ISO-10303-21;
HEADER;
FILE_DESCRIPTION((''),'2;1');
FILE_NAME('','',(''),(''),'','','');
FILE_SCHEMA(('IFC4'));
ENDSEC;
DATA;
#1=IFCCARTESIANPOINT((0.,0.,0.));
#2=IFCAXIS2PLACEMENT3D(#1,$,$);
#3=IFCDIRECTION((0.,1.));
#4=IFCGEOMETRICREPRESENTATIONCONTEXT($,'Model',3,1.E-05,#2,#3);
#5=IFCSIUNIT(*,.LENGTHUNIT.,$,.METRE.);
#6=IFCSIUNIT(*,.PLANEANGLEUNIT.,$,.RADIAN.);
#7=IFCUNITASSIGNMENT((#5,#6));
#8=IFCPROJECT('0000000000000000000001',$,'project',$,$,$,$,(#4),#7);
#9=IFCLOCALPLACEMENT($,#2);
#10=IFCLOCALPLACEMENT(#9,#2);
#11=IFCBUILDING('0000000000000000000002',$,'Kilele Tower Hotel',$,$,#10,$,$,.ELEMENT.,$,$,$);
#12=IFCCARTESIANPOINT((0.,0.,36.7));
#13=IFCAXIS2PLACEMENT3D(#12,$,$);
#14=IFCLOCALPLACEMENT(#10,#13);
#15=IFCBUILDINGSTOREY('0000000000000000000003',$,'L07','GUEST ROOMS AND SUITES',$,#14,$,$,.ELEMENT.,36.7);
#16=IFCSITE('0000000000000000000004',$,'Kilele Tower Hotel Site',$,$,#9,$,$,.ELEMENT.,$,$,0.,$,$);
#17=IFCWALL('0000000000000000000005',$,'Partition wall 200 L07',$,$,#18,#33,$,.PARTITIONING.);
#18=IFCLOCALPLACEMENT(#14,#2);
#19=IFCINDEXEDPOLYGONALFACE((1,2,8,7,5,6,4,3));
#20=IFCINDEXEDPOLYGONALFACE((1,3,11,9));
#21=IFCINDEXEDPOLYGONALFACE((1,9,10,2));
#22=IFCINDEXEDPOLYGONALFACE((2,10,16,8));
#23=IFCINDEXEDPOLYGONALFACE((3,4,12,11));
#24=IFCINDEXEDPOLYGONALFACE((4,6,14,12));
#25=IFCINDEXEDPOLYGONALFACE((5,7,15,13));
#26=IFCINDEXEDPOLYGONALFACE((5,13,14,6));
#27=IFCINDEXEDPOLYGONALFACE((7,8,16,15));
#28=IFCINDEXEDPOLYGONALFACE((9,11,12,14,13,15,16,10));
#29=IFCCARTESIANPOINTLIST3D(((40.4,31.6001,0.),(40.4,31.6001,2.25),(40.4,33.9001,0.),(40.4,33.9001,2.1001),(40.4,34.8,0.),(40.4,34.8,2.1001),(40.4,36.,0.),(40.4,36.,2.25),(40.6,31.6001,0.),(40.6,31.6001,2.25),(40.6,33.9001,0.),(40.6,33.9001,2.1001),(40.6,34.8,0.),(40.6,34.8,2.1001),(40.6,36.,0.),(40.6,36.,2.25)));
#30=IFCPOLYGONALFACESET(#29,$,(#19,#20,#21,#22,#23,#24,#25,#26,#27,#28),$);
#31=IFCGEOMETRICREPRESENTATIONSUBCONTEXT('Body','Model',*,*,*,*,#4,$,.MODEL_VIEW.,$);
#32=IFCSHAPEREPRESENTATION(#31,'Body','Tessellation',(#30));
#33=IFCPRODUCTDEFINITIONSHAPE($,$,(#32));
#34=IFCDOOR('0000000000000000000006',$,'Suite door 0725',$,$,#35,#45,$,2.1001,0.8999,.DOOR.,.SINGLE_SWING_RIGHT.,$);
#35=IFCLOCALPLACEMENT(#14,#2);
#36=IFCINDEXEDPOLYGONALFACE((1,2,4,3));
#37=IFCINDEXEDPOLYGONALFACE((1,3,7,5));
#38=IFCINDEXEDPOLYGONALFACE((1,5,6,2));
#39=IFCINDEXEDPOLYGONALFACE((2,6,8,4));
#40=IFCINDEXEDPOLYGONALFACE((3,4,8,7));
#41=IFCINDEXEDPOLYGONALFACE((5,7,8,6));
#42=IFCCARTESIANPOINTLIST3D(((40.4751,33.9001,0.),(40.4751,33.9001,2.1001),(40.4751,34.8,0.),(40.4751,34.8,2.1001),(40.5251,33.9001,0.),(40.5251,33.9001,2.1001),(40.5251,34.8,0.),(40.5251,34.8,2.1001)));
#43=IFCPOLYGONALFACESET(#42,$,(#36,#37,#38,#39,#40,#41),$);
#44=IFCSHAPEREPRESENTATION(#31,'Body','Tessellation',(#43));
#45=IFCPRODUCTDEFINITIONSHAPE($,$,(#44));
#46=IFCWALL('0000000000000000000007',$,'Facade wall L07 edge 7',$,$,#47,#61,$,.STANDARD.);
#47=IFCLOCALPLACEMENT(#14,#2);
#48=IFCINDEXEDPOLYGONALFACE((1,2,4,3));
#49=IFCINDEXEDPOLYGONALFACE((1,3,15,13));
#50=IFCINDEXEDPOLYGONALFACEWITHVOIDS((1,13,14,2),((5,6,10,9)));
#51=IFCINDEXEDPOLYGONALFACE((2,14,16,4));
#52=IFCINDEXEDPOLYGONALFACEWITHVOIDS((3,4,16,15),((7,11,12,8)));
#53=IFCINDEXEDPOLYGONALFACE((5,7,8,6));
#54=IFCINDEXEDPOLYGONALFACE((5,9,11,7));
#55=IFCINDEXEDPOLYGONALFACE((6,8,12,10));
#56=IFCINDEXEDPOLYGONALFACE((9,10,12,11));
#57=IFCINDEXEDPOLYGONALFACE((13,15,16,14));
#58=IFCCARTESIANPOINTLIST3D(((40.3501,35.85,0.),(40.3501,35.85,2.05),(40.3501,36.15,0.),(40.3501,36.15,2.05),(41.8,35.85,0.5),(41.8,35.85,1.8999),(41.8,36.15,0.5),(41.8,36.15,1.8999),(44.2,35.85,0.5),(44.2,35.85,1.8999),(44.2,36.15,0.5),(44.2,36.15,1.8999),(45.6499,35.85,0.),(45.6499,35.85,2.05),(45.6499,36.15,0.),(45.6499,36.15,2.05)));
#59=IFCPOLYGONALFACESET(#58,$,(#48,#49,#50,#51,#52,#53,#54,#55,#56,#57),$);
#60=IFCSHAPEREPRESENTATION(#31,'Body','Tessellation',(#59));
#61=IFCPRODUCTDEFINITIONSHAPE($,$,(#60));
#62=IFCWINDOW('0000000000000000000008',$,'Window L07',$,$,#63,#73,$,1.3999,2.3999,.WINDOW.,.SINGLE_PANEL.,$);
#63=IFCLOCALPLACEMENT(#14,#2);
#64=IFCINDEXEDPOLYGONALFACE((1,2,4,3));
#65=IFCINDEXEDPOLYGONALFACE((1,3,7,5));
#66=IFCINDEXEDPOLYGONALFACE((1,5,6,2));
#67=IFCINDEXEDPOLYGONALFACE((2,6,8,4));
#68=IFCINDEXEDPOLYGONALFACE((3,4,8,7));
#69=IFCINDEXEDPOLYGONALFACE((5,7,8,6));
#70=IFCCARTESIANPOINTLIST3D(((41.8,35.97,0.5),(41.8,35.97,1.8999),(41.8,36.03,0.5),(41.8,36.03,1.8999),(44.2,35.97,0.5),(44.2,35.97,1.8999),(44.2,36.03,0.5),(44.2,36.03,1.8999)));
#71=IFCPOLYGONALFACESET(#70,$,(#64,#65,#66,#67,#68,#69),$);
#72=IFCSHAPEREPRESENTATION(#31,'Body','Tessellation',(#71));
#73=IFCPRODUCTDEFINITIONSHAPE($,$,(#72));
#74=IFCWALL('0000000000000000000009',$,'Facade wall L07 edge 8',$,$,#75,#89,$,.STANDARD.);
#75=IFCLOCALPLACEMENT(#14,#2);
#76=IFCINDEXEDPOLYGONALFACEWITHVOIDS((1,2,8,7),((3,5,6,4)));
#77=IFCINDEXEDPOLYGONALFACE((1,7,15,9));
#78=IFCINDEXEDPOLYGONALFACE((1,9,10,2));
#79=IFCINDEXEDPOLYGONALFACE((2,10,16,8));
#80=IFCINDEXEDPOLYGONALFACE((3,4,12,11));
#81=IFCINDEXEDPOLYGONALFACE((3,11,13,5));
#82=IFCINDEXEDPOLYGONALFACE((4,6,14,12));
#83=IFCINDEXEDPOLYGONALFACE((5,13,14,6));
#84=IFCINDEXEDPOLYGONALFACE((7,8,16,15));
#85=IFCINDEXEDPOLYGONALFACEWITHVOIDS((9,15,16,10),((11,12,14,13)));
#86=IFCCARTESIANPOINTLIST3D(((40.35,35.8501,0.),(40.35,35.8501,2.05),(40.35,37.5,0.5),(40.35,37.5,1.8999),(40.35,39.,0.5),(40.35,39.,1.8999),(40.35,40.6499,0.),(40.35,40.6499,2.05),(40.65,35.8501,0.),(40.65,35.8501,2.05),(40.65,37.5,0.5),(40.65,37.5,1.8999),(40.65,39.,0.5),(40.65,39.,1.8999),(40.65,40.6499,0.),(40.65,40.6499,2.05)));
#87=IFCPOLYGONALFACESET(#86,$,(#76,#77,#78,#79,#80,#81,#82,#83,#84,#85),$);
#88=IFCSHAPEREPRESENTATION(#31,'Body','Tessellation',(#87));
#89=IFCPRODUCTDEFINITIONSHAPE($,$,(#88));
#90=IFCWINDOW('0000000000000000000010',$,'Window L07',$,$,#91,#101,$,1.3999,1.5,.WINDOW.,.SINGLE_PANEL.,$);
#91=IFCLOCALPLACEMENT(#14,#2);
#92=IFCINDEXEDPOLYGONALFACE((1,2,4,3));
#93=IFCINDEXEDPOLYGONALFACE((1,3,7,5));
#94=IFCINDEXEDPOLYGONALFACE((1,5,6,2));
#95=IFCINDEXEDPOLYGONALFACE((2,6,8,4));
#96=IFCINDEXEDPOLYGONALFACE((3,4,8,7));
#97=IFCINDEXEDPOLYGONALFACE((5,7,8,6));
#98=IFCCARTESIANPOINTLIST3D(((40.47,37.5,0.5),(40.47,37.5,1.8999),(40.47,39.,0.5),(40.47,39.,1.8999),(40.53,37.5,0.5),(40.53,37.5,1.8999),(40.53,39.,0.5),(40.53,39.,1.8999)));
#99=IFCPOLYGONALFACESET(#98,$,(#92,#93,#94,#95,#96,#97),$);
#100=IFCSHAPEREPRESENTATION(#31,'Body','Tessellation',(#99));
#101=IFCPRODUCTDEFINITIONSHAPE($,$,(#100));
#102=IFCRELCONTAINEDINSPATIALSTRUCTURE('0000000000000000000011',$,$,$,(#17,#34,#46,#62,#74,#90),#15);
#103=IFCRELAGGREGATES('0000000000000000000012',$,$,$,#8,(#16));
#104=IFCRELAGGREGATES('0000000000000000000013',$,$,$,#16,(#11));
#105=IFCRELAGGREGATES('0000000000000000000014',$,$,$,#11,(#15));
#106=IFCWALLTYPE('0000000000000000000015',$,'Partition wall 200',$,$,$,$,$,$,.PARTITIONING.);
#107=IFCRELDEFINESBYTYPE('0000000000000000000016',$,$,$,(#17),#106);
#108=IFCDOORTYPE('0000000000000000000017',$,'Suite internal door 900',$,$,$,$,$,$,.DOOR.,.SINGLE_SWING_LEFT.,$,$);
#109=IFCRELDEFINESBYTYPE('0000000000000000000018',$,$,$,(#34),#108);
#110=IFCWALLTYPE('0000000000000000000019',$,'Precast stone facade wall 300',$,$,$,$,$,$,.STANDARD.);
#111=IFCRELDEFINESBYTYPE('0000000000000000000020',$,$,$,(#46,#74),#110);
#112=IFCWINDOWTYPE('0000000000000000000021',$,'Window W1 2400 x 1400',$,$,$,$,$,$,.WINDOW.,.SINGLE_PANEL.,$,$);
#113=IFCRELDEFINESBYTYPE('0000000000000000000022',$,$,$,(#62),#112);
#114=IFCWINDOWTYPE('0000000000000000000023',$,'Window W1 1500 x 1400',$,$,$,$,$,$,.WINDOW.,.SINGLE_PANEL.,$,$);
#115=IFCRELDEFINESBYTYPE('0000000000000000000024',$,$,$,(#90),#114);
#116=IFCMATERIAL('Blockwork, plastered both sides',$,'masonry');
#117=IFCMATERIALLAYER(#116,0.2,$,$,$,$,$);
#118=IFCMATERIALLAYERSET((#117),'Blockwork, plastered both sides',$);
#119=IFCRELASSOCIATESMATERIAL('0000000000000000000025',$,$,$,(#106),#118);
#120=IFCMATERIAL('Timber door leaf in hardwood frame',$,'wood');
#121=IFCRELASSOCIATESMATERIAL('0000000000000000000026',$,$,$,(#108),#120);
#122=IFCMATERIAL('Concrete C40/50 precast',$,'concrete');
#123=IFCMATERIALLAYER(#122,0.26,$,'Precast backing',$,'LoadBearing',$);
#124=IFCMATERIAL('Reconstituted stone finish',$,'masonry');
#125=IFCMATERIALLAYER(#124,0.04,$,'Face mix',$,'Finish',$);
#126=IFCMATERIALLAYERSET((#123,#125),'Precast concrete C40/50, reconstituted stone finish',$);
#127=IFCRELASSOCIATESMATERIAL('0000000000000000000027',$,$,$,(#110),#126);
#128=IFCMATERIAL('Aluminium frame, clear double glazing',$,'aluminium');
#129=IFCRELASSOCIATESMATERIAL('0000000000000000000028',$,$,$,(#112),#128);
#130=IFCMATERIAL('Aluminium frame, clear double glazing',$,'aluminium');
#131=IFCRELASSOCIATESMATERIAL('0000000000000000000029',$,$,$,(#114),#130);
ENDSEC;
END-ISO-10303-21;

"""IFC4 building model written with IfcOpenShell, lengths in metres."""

from ifc_helpers import new_model, si_unit, direction, frame, frame_2d, origin, place, context, subcontext, project, spatial, rectangle, extrude, material, layer, layer_set, type_object, element, fill, save


model = new_model("IFC4")

# Units and contexts
model_context = context("Model", 3, precision=1e-05, world=origin(), true_north=direction((0.0, 1.0)))
body_context = subcontext(model_context, "Body", "Model", "MODEL_VIEW")
ifc_project = project(units=[si_unit("LENGTHUNIT", "METRE"), si_unit("PLANEANGLEUNIT", "RADIAN")], contexts=[model_context])

# Site, building, storey
site_placement = place(None, origin())
site = spatial("IfcSite", under=ifc_project, at=site_placement, Name="Kilele Tower Hotel Site", CompositionType="ELEMENT", RefElevation=0.0)
building_placement = place(site_placement, origin())
building = spatial("IfcBuilding", under=site, at=building_placement, Name="Kilele Tower Hotel", CompositionType="ELEMENT")
storey_placement = place(building_placement, frame((0.0, 0.0, 36.7)))
storey = spatial("IfcBuildingStorey", under=building, at=storey_placement, Name="L07", Description="GUEST ROOMS AND SUITES", CompositionType="ELEMENT", Elevation=36.7)

# Wall, opening, door
ifc_material_1 = material(Name="Blockwork, plastered both sides", Category="masonry")
ifc_layer_1 = layer(ifc_material_1, 0.2)
ifc_layer_set_1 = layer_set([ifc_layer_1], Name="Blockwork, plastered both sides")
wall_type_1 = type_object("IfcWallType", Name="Partition wall 200", PredefinedType="PARTITIONING", material=ifc_layer_set_1)
wall_1_placement = place(storey_placement, frame((40.5, 31.6001, 0.0), z_axis=(0.0, 0.0, 1.0), x_axis=(0.0, 1.0, 0.0)))
wall_1 = element("IfcWall", 1, at=wall_1_placement, inside=storey, type_object=wall_type_1, Name="Partition wall 200 L07", PredefinedType="PARTITIONING", context=body_context, shape_type="SweptSolid", body=[
    extrude(rectangle(XDim=4.3999, YDim=0.2, at=frame_2d((2.2, 0.0))), origin(), (0.0, 0.0, 1.0), 2.25),
])
opening_1_placement = place(wall_1_placement, frame((2.3, 0.0, 0.0)))
opening_1 = element("IfcOpeningElement", 2, at=opening_1_placement, cuts=wall_1, PredefinedType="OPENING", context=body_context, shape_type="SweptSolid", body=[
    extrude(rectangle(XDim=0.8999, YDim=2.1001, at=frame_2d((0.45, 1.05))), frame((0.0, 0.1099, 0.0), z_axis=(0.0, -1.0, 0.0), x_axis=(1.0, 0.0, 0.0)), (0.0, 0.0, 1.0), 0.22),
])
ifc_material_2 = material(Name="Timber door leaf in hardwood frame", Category="wood")
door_type_1 = type_object("IfcDoorType", Name="Suite internal door 900", OperationType="SINGLE_SWING_LEFT", PredefinedType="DOOR", material=ifc_material_2)
door_1_placement = place(opening_1_placement, origin())
door_1 = element("IfcDoor", 3, at=door_1_placement, inside=storey, type_object=door_type_1, Name="Suite door 0725", OperationType="SINGLE_SWING_RIGHT", OverallHeight=2.1001, OverallWidth=0.8999, PredefinedType="DOOR", context=body_context, shape_type="SweptSolid", body=[
    extrude(rectangle(XDim=0.8999, YDim=2.1001, at=frame_2d((0.45, 1.05))), frame((0.0, 0.0249, 0.0), z_axis=(0.0, -1.0, 0.0), x_axis=(1.0, 0.0, 0.0)), (0.0, 0.0, 1.0), 0.05),
])
fill(opening_1, door_1)

# Walls, openings, windows
ifc_material_3 = material(Name="Concrete C40/50 precast", Category="concrete")
ifc_layer_2 = layer(ifc_material_3, 0.26, Name="Precast backing", Category="LoadBearing")
ifc_material_4 = material(Name="Reconstituted stone finish", Category="masonry")
ifc_layer_3 = layer(ifc_material_4, 0.04, Name="Face mix", Category="Finish")
ifc_layer_set_2 = layer_set([ifc_layer_2, ifc_layer_3], Name="Precast concrete C40/50, reconstituted stone finish")
wall_type_2 = type_object("IfcWallType", Name="Precast stone facade wall 300", PredefinedType="STANDARD", material=ifc_layer_set_2)
wall_2_placement = place(storey_placement, frame((45.6499, 36.0, 0.0), z_axis=(0.0, 0.0, 1.0), x_axis=(-1.0, 0.0, 0.0)))
wall_2 = element("IfcWall", 4, at=wall_2_placement, inside=storey, type_object=wall_type_2, Name="Facade wall L07 edge 7", PredefinedType="STANDARD", context=body_context, shape_type="SweptSolid", body=[
    extrude(rectangle(XDim=5.2998, YDim=0.3, at=frame_2d((2.6499, 0.0))), origin(), (0.0, 0.0, 1.0), 2.05),
])
opening_2_placement = place(wall_2_placement, frame((1.45, 0.0, 0.5)))
opening_2 = element("IfcOpeningElement", 5, at=opening_2_placement, cuts=wall_2, PredefinedType="OPENING", context=body_context, shape_type="SweptSolid", body=[
    extrude(rectangle(XDim=2.3999, YDim=1.3999, at=frame_2d((1.2, 0.7))), frame((0.0, 0.1599, 0.0), z_axis=(0.0, -1.0, 0.0), x_axis=(1.0, 0.0, 0.0)), (0.0, 0.0, 1.0), 0.3201),
])
ifc_material_5 = material(Name="Aluminium frame, clear double glazing", Category="aluminium")
window_type_1 = type_object("IfcWindowType", Name="Window W1 2400 x 1400", PartitioningType="SINGLE_PANEL", PredefinedType="WINDOW", material=ifc_material_5)
window_1_placement = place(opening_2_placement, origin())
window_1 = element("IfcWindow", 6, at=window_1_placement, inside=storey, type_object=window_type_1, Name="Window L07", OverallHeight=1.3999, OverallWidth=2.3999, PartitioningType="SINGLE_PANEL", PredefinedType="WINDOW", context=body_context, shape_type="SweptSolid", body=[
    extrude(rectangle(XDim=2.3999, YDim=1.3999, at=frame_2d((1.2, 0.7))), frame((0.0, 0.03, 0.0), z_axis=(0.0, -1.0, 0.0), x_axis=(1.0, 0.0, 0.0)), (0.0, 0.0, 1.0), 0.0601),
])
fill(opening_2, window_1)
wall_3_placement = place(storey_placement, frame((40.5, 35.8501, 0.0), z_axis=(0.0, 0.0, 1.0), x_axis=(0.0, 1.0, 0.0)))
wall_3 = element("IfcWall", 7, at=wall_3_placement, inside=storey, type_object=wall_type_2, Name="Facade wall L07 edge 8", PredefinedType="STANDARD", context=body_context, shape_type="SweptSolid", body=[
    extrude(rectangle(XDim=4.7998, YDim=0.3, at=frame_2d((2.3999, 0.0))), origin(), (0.0, 0.0, 1.0), 2.05),
])
opening_3_placement = place(wall_3_placement, frame((1.6499, 0.0, 0.5)))
opening_3 = element("IfcOpeningElement", 8, at=opening_3_placement, cuts=wall_3, PredefinedType="OPENING", context=body_context, shape_type="SweptSolid", body=[
    extrude(rectangle(XDim=1.5, YDim=1.3999, at=frame_2d((0.75, 0.7))), frame((0.0, 0.1599, 0.0), z_axis=(0.0, -1.0, 0.0), x_axis=(1.0, 0.0, 0.0)), (0.0, 0.0, 1.0), 0.3201),
])
ifc_material_6 = material(Name="Aluminium frame, clear double glazing", Category="aluminium")
window_type_2 = type_object("IfcWindowType", Name="Window W1 1500 x 1400", PartitioningType="SINGLE_PANEL", PredefinedType="WINDOW", material=ifc_material_6)
window_2_placement = place(opening_3_placement, origin())
window_2 = element("IfcWindow", 9, at=window_2_placement, inside=storey, type_object=window_type_2, Name="Window L07", OverallHeight=1.3999, OverallWidth=1.5, PartitioningType="SINGLE_PANEL", PredefinedType="WINDOW", context=body_context, shape_type="SweptSolid", body=[
    extrude(rectangle(XDim=1.5, YDim=1.3999, at=frame_2d((0.75, 0.7))), frame((0.0, 0.03, 0.0), z_axis=(0.0, -1.0, 0.0), x_axis=(1.0, 0.0, 0.0)), (0.0, 0.0, 1.0), 0.0601),
])
fill(opening_3, window_2)

save(model, "model.ifc")
